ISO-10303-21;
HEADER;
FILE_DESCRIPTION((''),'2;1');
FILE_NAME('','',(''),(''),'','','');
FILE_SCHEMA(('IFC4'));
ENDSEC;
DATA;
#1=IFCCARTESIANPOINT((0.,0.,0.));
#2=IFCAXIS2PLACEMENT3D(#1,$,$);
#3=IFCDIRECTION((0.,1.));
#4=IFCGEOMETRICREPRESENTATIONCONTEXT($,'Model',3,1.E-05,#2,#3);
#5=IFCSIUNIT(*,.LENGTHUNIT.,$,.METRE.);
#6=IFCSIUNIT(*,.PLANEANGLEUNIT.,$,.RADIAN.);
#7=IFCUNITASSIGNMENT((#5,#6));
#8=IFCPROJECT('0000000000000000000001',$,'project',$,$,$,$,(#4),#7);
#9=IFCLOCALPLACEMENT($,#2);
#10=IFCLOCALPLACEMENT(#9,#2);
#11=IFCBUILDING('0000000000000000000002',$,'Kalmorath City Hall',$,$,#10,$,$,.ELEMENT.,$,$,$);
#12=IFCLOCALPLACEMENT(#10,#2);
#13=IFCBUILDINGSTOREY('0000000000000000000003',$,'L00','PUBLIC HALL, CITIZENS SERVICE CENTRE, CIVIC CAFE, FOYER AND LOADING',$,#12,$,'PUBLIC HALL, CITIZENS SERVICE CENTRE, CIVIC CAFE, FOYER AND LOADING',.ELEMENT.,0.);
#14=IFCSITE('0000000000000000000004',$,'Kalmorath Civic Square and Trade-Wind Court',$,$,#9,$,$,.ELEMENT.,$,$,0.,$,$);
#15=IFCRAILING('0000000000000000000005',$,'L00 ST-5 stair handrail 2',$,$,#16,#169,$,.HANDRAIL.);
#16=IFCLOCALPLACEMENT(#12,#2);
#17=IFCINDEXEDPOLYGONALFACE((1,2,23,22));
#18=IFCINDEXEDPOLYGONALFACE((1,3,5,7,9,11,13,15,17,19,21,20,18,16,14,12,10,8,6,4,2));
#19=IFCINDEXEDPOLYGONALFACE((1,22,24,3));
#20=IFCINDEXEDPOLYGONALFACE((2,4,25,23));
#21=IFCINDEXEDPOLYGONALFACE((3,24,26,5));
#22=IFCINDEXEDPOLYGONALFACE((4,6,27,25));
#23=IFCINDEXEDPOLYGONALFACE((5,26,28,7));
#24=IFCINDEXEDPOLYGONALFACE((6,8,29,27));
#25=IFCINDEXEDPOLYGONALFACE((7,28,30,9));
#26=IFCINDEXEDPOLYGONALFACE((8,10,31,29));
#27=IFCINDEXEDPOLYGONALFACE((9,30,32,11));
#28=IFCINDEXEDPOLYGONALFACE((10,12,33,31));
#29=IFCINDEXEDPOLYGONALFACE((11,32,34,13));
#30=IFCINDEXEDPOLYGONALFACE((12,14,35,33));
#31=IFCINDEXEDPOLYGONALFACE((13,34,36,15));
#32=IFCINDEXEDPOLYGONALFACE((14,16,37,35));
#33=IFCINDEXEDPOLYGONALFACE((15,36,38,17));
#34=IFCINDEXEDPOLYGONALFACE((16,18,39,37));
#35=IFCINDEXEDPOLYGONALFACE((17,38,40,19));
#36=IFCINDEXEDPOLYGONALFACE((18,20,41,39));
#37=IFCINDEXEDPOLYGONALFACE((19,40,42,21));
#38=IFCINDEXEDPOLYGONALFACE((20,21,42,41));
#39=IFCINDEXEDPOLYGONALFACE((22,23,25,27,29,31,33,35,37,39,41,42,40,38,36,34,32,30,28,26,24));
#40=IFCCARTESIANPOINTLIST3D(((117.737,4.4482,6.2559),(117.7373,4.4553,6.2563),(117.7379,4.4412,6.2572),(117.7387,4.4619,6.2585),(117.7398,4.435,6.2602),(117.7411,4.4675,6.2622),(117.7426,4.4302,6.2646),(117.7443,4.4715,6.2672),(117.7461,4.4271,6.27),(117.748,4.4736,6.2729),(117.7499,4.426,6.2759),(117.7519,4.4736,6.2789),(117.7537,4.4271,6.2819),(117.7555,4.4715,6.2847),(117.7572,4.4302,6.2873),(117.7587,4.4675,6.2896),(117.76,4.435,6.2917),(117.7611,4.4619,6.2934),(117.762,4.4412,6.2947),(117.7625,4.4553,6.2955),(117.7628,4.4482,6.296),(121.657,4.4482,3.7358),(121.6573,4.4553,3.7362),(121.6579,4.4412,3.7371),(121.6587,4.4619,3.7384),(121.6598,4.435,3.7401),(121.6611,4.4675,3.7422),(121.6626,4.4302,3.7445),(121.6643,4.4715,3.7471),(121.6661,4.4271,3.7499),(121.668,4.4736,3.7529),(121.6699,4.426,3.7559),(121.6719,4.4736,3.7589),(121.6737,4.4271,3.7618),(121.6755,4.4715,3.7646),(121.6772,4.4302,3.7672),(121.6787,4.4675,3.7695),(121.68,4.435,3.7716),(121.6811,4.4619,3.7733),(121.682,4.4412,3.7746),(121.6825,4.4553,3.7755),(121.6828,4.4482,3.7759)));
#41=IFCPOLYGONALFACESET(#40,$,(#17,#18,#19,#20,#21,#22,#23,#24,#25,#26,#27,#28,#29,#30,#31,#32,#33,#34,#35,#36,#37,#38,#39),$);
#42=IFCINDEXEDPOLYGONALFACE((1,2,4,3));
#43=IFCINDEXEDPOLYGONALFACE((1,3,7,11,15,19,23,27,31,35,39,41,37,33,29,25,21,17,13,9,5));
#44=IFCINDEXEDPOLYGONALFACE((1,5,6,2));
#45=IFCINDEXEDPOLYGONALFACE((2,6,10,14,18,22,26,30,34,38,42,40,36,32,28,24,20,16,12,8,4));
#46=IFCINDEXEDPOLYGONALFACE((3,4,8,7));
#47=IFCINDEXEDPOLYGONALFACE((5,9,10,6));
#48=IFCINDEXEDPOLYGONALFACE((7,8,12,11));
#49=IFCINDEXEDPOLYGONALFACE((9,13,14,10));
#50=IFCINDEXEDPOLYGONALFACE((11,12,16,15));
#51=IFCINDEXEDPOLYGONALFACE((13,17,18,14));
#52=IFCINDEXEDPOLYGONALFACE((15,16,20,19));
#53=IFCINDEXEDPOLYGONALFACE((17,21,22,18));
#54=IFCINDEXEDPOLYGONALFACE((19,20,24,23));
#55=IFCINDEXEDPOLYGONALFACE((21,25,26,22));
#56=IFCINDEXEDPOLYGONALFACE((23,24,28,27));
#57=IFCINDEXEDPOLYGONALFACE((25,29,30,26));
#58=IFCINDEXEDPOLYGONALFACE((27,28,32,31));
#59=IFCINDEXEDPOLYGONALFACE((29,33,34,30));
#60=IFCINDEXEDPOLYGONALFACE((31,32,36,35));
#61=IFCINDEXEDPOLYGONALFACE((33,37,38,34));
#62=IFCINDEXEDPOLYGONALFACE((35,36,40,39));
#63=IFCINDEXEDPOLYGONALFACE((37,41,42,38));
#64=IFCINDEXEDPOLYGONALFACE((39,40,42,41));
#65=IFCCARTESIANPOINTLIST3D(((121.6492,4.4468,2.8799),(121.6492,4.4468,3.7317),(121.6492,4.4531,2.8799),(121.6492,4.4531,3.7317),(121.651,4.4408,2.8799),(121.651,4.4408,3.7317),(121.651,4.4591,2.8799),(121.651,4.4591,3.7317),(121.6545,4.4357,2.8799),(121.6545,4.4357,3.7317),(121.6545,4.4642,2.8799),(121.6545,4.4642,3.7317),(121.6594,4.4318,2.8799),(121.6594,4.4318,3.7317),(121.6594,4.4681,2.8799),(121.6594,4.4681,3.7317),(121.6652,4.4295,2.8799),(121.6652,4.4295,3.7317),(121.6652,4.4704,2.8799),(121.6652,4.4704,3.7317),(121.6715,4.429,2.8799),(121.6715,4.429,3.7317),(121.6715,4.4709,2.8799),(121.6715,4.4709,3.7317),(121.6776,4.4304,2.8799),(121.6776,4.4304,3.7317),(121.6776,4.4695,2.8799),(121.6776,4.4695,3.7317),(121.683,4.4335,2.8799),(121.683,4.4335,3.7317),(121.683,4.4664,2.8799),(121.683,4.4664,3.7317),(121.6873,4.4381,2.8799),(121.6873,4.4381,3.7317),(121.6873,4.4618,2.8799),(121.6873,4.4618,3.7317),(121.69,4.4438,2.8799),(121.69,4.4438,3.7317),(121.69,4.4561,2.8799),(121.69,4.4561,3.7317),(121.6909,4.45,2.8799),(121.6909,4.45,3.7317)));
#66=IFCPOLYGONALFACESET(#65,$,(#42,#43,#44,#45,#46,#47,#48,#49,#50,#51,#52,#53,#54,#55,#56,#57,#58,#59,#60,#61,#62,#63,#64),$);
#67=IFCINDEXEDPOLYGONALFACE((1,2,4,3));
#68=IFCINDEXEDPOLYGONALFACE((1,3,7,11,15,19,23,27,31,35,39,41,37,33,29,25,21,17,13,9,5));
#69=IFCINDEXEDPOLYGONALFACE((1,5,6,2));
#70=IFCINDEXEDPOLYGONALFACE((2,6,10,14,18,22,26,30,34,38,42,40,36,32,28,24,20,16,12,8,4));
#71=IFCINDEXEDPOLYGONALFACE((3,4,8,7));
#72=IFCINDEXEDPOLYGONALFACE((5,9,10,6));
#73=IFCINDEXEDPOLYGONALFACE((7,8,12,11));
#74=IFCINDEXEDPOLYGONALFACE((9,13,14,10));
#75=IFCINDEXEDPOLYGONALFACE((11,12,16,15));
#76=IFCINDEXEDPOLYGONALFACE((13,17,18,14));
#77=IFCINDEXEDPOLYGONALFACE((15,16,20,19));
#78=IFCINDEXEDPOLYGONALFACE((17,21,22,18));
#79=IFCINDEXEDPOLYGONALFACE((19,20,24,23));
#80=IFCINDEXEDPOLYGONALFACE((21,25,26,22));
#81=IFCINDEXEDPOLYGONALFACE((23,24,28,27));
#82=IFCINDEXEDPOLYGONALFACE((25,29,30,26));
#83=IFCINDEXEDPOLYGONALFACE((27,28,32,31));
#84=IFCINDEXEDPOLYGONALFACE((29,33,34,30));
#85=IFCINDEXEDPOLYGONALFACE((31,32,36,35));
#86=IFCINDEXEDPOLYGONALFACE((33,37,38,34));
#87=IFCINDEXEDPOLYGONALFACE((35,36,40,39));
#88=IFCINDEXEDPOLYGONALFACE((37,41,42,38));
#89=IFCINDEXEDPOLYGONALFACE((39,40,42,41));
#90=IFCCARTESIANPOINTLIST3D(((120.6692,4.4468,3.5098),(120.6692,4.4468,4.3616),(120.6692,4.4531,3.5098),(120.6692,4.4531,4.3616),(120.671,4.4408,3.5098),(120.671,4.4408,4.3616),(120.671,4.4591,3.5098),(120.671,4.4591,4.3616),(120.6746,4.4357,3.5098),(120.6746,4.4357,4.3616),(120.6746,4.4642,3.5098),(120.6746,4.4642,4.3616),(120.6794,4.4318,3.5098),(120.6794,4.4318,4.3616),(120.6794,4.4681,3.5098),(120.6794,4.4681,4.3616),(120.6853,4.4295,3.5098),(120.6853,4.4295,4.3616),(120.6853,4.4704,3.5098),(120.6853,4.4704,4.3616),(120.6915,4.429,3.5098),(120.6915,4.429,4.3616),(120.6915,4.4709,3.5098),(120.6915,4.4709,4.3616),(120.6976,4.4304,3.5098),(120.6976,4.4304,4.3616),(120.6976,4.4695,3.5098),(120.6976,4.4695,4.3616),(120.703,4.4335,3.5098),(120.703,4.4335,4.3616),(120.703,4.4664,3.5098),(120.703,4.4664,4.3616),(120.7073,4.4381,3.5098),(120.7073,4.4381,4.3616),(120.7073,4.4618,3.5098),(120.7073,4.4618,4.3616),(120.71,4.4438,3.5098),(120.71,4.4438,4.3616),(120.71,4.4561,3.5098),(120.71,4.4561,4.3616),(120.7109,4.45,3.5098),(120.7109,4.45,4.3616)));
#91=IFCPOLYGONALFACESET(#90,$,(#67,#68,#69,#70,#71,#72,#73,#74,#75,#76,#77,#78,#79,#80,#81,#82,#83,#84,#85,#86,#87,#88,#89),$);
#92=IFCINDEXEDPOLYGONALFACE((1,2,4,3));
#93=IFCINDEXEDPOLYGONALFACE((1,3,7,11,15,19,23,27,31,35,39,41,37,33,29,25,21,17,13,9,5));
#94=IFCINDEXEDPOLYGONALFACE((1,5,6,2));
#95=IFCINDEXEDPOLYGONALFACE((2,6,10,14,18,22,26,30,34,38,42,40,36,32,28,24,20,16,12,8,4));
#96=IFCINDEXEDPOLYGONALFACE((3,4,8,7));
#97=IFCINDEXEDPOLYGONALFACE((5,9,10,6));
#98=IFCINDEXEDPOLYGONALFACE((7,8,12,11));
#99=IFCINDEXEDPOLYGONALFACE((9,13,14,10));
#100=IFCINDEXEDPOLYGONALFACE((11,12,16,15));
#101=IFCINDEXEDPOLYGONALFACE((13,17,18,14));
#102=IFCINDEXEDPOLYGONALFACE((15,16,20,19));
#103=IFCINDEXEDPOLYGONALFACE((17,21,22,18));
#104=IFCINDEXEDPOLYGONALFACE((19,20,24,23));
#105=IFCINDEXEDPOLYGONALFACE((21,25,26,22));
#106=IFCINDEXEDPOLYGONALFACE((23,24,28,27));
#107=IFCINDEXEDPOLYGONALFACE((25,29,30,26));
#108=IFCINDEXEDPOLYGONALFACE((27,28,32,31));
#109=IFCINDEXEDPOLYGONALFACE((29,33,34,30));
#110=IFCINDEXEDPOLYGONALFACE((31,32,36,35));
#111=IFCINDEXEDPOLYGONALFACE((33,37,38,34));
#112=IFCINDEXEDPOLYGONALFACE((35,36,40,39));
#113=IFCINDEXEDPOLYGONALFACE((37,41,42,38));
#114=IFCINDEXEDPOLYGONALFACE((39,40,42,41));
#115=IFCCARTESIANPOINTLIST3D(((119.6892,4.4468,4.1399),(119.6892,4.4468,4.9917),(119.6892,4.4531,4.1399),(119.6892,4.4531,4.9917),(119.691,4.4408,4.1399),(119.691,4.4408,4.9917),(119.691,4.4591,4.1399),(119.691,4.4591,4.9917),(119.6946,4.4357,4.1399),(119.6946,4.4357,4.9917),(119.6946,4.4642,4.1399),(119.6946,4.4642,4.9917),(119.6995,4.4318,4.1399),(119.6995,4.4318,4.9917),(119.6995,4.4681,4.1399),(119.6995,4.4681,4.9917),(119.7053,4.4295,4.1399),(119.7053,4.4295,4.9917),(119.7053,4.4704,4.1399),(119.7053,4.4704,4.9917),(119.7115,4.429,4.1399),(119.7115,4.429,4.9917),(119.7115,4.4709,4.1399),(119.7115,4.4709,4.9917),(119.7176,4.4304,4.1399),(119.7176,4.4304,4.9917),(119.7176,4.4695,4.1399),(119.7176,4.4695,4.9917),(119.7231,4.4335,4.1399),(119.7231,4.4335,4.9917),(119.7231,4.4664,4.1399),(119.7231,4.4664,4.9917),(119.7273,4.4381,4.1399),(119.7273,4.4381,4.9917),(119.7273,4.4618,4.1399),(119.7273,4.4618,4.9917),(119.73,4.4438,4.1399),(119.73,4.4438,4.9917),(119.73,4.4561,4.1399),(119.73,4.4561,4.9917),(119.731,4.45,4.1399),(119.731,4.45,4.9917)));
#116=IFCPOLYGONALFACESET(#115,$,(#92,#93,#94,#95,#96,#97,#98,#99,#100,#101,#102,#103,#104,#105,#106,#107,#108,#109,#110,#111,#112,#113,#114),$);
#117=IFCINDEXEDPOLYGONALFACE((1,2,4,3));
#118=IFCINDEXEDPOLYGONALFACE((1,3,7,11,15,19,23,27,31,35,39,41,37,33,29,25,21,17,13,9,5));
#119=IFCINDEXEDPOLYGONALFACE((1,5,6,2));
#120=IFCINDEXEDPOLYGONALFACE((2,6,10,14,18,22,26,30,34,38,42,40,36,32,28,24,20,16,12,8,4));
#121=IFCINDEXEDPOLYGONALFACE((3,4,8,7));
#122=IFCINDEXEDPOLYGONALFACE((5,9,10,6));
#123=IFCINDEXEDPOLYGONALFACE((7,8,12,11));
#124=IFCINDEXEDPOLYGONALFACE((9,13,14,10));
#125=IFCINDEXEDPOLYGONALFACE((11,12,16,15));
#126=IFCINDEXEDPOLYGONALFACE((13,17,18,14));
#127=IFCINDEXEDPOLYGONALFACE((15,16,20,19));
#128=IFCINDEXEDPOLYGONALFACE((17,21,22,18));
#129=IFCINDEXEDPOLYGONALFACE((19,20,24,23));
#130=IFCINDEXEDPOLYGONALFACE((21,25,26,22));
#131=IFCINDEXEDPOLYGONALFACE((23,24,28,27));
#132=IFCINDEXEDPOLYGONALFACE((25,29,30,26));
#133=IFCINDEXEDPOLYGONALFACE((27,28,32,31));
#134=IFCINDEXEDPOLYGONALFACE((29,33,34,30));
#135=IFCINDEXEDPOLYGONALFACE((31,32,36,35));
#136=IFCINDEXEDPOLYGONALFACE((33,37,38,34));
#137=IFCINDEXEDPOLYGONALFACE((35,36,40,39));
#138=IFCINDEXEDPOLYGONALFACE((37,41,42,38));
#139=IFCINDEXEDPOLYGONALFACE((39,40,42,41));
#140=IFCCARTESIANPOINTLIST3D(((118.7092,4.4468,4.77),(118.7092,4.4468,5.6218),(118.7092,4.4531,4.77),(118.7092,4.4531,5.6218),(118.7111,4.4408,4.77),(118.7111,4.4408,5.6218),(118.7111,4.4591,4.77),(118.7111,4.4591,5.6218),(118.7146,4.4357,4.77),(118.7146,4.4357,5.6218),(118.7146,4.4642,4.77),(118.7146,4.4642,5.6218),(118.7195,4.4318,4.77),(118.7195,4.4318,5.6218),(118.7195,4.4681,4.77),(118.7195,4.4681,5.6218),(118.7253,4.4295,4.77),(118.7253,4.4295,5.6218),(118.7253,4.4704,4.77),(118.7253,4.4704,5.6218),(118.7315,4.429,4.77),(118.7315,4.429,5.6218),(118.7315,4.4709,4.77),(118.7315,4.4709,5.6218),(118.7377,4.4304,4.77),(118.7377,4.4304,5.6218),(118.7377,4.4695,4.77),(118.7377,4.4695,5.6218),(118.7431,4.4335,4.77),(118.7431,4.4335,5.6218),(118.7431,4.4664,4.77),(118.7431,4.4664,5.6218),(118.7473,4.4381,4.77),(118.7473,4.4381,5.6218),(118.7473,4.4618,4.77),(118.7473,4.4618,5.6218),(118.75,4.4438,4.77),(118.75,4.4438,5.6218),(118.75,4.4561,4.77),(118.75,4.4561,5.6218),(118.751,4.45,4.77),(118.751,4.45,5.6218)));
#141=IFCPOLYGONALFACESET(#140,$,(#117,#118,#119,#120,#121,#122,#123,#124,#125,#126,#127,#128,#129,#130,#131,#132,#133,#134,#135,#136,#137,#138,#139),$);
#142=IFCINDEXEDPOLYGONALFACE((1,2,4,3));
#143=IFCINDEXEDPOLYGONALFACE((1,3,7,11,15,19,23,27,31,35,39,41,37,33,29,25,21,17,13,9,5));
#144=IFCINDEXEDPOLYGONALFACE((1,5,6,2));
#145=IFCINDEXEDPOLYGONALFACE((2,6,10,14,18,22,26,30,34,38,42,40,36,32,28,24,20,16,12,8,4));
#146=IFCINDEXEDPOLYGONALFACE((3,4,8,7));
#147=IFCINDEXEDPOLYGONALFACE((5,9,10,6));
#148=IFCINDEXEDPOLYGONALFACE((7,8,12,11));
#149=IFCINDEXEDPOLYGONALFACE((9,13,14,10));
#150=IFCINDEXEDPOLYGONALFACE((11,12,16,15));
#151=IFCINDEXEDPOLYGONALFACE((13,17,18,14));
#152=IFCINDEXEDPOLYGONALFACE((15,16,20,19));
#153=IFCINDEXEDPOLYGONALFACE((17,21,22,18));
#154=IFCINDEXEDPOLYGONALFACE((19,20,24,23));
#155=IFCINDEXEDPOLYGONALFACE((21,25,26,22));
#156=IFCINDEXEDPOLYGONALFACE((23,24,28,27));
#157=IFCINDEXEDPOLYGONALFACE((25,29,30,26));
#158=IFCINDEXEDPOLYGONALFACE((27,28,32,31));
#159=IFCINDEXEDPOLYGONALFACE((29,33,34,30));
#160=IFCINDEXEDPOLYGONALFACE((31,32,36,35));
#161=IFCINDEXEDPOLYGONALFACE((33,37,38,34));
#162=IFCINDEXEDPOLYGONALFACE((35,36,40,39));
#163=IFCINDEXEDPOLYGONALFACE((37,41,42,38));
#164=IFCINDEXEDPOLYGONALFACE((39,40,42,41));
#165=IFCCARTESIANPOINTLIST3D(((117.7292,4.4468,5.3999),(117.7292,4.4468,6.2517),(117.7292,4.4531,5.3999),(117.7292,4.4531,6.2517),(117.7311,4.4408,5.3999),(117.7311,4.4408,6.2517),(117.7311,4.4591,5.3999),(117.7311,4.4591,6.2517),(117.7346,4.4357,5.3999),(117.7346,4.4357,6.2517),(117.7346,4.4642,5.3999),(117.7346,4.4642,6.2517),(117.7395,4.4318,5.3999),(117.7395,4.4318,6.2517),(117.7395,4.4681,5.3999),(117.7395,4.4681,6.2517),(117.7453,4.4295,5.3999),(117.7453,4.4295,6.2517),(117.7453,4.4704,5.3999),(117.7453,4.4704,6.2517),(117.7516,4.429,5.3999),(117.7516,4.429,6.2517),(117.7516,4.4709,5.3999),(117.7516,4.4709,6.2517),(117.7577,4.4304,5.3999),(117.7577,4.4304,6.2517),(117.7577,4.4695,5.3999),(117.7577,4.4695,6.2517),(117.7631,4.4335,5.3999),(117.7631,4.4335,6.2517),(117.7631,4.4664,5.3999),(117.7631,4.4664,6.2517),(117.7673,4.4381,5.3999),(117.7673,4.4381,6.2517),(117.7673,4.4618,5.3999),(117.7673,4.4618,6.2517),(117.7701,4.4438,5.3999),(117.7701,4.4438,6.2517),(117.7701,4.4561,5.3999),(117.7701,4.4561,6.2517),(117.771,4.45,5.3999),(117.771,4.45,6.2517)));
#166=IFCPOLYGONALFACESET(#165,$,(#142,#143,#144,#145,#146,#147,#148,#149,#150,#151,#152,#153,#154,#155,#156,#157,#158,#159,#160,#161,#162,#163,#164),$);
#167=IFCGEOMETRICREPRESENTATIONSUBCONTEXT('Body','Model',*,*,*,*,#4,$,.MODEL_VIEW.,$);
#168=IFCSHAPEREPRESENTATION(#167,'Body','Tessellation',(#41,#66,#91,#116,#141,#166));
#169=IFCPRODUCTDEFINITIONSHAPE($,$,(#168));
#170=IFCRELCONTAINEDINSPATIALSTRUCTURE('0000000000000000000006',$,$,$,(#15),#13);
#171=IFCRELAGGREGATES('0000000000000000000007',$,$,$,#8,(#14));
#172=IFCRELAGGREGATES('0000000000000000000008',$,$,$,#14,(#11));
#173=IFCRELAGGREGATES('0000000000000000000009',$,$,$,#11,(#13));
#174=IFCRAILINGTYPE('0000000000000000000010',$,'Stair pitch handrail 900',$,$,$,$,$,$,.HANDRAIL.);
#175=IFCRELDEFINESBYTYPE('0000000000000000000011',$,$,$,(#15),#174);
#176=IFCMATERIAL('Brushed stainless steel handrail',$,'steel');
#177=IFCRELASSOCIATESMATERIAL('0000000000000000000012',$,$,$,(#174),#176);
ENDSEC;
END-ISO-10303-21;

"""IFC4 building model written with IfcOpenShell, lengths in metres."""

from ifc_helpers import new_model, si_unit, direction, frame, origin, origin_2d, place, context, subcontext, project, spatial, circle, extrude, material, type_object, element, save


model = new_model("IFC4")

# Units and contexts
model_context = context("Model", 3, precision=1e-05, world=origin(), true_north=direction((0.0, 1.0)))
body_context = subcontext(model_context, "Body", "Model", "MODEL_VIEW")
ifc_project = project(units=[si_unit("LENGTHUNIT", "METRE"), si_unit("PLANEANGLEUNIT", "RADIAN")], contexts=[model_context])

# Site, building, storey
site_placement = place(None, origin())
site = spatial("IfcSite", under=ifc_project, at=site_placement, Name="Kalmorath Civic Square and Trade-Wind Court", CompositionType="ELEMENT", RefElevation=0.0)
building_placement = place(site_placement, origin())
building = spatial("IfcBuilding", under=site, at=building_placement, Name="Kalmorath City Hall", CompositionType="ELEMENT")
storey_placement = place(building_placement, origin())
storey = spatial("IfcBuildingStorey", under=building, at=storey_placement, Name="L00", Description="PUBLIC HALL, CITIZENS SERVICE CENTRE, CIVIC CAFE, FOYER AND LOADING", LongName="PUBLIC HALL, CITIZENS SERVICE CENTRE, CIVIC CAFE, FOYER AND LOADING", CompositionType="ELEMENT", Elevation=0.0)

# Railing
ifc_material_1 = material(Name="Brushed stainless steel handrail", Category="steel")
railing_type_1 = type_object("IfcRailingType", Name="Stair pitch handrail 900", PredefinedType="HANDRAIL", material=ifc_material_1)
railing_1_placement = place(storey_placement, frame((121.6699, 4.45, 2.8799)))
element("IfcRailing", 1, at=railing_1_placement, inside=storey, type_object=railing_type_1, Name="L00 ST-5 stair handrail 2", PredefinedType="HANDRAIL", context=body_context, shape_type="SweptSolid", body=[
    extrude(circle(Radius=0.0239, at=origin_2d()), frame((0.0, 0.0, 0.876), z_axis=(-0.841172, 0.0, 0.540768), x_axis=(0.0, -1.0, 0.0)), (0.0, 0.0, 1.0), 4.6602),
    extrude(circle(Radius=0.021, at=origin_2d()), origin(), (0.0, 0.0, 1.0), 0.8518),
    extrude(circle(Radius=0.021, at=origin_2d()), frame((-0.98, 0.0, 0.6299)), (0.0, 0.0, 1.0), 0.8518),
    extrude(circle(Radius=0.021, at=origin_2d()), frame((-1.96, 0.0, 1.26)), (0.0, 0.0, 1.0), 0.8518),
    extrude(circle(Radius=0.021, at=origin_2d()), frame((-2.9399, 0.0, 1.8901)), (0.0, 0.0, 1.0), 0.8518),
    extrude(circle(Radius=0.021, at=origin_2d()), frame((-3.9199, 0.0, 2.52)), (0.0, 0.0, 1.0), 0.8518),
])

save(model, "model.ifc")
